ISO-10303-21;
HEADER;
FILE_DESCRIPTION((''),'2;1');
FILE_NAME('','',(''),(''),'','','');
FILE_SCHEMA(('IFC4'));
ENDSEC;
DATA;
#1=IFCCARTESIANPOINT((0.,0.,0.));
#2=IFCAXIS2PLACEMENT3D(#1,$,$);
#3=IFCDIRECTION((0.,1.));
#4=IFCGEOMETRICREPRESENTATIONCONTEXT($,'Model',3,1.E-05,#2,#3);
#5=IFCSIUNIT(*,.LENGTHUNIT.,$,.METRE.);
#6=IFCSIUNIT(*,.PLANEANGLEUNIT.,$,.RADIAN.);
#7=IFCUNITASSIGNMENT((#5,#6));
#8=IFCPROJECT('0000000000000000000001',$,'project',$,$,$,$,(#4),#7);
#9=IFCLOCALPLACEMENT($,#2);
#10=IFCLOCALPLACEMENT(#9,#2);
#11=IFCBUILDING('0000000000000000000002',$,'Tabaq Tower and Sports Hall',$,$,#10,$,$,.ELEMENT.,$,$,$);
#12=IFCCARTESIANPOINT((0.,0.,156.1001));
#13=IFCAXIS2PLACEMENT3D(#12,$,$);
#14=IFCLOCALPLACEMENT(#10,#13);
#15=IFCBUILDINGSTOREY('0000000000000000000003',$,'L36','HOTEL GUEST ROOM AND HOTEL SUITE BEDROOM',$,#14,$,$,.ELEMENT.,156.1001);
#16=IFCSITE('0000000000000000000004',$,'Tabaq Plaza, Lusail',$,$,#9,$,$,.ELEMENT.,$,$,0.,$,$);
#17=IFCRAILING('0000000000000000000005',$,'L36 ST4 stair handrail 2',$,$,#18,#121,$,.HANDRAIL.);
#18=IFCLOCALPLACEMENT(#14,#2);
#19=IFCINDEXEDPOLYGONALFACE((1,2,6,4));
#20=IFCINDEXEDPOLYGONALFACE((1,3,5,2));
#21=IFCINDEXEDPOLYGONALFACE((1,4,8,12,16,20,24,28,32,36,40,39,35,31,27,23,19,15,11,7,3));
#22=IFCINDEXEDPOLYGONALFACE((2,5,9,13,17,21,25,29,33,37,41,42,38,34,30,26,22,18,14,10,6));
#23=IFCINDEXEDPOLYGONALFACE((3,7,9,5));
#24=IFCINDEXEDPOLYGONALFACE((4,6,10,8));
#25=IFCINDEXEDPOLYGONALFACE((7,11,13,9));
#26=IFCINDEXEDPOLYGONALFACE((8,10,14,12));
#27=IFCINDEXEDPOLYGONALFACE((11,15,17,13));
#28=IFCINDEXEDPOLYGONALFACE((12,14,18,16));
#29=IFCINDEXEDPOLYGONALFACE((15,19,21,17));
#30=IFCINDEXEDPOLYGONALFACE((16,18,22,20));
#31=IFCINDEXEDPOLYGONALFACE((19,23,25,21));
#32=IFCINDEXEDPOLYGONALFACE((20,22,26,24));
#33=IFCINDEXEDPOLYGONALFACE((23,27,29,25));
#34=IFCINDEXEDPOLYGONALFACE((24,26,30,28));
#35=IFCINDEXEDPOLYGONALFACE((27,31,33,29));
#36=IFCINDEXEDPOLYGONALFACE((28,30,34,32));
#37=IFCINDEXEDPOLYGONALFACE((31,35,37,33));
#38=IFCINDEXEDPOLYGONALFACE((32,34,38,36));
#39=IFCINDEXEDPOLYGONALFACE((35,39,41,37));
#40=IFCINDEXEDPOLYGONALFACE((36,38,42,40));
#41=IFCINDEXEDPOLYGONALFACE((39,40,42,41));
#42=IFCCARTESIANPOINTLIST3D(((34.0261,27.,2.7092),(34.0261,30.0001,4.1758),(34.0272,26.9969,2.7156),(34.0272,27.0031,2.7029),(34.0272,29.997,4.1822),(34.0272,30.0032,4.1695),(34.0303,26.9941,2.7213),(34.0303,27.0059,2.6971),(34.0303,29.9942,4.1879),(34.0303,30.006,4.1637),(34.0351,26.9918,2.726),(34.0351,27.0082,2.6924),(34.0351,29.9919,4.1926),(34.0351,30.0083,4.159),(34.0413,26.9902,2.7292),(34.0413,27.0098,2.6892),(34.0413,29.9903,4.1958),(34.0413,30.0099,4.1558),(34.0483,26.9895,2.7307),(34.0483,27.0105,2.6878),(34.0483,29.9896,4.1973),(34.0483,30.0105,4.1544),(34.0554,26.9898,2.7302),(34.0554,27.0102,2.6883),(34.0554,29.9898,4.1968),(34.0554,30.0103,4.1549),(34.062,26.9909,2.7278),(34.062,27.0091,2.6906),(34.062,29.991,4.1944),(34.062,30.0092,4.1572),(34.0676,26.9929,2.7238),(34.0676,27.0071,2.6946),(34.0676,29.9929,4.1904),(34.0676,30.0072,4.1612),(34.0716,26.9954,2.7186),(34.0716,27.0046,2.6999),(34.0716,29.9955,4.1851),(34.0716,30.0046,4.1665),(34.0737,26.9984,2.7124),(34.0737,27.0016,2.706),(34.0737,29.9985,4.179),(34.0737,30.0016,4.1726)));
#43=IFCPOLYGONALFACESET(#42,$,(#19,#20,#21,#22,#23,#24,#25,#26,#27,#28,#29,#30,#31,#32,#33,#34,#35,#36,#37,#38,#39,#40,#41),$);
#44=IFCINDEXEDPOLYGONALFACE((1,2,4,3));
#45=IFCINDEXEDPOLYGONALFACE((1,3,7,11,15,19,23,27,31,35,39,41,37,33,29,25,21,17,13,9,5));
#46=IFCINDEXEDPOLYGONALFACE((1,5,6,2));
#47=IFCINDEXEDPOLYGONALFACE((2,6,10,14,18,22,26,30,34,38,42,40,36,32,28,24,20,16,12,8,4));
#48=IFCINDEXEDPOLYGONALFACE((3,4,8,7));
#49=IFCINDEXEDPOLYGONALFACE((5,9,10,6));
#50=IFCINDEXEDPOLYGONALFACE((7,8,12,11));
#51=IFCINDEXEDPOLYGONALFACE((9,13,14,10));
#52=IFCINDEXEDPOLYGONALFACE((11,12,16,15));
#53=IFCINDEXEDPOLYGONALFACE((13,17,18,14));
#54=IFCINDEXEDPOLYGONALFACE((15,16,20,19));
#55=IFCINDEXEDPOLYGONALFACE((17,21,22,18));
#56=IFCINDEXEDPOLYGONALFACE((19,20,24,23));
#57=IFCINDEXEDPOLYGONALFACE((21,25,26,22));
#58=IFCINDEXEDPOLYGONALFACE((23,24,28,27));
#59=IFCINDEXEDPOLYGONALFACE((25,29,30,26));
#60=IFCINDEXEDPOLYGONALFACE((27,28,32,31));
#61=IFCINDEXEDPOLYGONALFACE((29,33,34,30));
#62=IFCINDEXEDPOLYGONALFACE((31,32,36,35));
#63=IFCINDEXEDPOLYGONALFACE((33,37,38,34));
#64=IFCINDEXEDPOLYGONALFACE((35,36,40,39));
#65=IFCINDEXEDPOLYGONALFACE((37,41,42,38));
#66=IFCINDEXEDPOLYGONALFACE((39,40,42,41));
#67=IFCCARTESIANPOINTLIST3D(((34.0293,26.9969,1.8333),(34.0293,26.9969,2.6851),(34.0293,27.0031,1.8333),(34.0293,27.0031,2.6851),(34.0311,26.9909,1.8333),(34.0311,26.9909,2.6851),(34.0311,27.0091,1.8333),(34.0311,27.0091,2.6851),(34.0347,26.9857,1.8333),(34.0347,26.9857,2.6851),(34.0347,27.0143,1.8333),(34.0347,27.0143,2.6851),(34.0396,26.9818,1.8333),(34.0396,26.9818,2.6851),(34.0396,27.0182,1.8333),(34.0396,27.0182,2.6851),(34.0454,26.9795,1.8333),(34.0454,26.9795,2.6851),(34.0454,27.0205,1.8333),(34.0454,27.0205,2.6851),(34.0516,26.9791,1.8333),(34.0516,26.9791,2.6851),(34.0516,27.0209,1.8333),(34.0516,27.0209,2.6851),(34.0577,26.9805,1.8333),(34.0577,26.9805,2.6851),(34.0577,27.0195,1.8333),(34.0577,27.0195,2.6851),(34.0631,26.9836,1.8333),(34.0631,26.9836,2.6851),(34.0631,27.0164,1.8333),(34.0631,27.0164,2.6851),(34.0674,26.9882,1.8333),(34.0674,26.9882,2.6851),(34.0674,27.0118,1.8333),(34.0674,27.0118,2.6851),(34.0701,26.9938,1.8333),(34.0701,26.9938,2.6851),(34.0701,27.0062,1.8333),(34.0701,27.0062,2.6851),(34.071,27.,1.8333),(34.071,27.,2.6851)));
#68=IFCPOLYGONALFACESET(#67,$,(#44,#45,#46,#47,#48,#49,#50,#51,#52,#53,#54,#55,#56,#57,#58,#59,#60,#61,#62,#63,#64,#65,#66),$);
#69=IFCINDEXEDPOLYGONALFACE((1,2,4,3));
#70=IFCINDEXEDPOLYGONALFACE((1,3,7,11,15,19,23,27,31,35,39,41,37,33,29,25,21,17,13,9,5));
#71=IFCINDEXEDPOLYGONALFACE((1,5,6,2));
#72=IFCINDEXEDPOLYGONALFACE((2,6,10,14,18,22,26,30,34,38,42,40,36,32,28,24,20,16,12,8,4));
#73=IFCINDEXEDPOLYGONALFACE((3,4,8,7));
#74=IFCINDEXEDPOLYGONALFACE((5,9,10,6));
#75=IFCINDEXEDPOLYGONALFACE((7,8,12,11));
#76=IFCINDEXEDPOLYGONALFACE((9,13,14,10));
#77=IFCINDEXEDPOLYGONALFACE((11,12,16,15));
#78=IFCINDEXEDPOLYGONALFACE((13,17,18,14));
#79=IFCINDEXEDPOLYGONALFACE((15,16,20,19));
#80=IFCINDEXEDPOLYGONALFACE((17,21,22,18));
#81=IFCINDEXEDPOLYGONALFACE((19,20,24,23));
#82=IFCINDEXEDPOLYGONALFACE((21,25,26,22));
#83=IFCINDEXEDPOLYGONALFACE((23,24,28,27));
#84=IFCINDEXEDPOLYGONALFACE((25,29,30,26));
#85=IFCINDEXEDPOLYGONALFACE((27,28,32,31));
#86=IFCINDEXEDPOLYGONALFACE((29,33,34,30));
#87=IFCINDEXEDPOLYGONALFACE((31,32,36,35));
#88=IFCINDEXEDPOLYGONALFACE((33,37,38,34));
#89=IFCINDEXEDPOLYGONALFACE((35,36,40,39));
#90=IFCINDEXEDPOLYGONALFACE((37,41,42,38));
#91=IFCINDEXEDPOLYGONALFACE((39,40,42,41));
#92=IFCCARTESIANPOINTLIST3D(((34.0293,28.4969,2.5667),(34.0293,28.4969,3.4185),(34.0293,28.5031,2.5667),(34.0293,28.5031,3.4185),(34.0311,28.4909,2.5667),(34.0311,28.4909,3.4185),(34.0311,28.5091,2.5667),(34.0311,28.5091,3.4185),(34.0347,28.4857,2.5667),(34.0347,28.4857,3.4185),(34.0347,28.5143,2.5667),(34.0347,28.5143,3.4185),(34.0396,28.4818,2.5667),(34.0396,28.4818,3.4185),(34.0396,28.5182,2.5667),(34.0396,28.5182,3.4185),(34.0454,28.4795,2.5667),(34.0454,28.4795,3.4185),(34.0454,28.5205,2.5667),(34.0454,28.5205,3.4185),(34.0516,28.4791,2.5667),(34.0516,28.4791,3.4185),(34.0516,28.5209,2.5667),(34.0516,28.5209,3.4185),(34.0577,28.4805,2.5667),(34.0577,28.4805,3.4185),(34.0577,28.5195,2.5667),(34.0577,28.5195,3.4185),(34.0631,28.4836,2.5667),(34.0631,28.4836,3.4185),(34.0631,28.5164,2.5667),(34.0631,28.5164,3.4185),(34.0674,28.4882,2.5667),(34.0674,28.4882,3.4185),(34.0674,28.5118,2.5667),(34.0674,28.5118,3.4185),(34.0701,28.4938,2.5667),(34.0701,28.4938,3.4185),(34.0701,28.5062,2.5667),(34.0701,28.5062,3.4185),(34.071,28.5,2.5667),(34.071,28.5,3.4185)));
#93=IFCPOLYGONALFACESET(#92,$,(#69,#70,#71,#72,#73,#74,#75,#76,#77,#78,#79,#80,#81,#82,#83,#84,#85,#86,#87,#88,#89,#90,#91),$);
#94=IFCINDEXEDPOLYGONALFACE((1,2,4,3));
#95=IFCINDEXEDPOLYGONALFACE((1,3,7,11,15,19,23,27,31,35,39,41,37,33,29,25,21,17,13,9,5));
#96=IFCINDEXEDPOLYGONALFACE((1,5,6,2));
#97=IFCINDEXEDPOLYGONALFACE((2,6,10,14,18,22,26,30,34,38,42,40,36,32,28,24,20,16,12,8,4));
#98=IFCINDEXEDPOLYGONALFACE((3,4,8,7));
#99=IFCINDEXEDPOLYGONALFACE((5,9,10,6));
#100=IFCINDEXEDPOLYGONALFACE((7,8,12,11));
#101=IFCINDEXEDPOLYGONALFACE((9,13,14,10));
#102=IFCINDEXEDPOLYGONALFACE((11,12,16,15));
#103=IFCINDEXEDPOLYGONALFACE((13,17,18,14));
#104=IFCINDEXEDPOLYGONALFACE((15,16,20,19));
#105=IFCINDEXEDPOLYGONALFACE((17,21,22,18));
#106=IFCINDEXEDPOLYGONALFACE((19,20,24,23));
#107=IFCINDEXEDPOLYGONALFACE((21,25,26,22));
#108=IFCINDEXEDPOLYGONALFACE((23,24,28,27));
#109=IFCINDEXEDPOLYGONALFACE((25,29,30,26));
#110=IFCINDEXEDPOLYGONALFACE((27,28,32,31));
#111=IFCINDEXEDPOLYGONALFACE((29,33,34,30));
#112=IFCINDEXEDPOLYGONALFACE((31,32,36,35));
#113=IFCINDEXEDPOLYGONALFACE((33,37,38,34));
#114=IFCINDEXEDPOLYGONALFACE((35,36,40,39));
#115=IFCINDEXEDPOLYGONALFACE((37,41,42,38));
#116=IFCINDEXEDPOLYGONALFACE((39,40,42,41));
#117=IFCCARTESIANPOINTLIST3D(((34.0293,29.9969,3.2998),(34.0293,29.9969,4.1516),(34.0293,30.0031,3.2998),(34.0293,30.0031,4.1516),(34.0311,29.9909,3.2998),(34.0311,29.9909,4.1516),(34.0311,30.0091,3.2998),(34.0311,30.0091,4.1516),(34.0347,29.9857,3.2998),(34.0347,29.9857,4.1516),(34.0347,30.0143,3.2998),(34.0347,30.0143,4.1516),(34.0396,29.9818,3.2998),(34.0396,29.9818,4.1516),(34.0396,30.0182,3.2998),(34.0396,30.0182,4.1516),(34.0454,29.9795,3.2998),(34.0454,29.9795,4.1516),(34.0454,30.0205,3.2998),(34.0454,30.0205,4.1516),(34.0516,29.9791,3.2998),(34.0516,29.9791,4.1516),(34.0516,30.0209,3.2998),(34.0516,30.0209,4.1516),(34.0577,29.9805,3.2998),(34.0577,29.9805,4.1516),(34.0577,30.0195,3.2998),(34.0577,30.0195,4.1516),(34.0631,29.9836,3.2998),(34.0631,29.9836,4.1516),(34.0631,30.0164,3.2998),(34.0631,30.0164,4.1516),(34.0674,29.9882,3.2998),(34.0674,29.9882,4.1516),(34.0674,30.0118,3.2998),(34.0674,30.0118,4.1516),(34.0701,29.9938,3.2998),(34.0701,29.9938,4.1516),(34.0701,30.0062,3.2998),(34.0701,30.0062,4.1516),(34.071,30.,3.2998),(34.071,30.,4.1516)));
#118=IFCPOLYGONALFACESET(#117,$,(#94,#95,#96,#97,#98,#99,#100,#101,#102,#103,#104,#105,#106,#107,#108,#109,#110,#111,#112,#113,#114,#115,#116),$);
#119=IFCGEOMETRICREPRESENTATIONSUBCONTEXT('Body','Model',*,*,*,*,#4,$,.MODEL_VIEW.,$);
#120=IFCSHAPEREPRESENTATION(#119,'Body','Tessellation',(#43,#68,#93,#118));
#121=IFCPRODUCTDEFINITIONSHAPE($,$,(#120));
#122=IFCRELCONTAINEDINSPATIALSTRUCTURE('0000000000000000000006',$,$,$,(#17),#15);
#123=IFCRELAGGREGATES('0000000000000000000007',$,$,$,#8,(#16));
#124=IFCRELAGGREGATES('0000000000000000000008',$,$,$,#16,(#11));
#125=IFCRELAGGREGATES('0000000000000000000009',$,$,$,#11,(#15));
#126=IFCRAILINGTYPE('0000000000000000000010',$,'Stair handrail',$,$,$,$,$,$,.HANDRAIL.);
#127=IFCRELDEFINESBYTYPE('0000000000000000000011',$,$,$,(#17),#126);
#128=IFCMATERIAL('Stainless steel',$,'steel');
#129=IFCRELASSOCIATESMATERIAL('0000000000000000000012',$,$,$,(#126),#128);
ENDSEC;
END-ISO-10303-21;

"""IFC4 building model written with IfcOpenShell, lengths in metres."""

from ifc_helpers import new_model, si_unit, direction, frame, origin, origin_2d, place, context, subcontext, project, spatial, circle, extrude, material, type_object, element, save


model = new_model("IFC4")

# Units and contexts
model_context = context("Model", 3, precision=1e-05, world=origin(), true_north=direction((0.0, 1.0)))
body_context = subcontext(model_context, "Body", "Model", "MODEL_VIEW")
ifc_project = project(units=[si_unit("LENGTHUNIT", "METRE"), si_unit("PLANEANGLEUNIT", "RADIAN")], contexts=[model_context])

# Site, building, storey
site_placement = place(None, origin())
site = spatial("IfcSite", under=ifc_project, at=site_placement, Name="Tabaq Plaza, Lusail", CompositionType="ELEMENT", RefElevation=0.0)
building_placement = place(site_placement, origin())
building = spatial("IfcBuilding", under=site, at=building_placement, Name="Tabaq Tower and Sports Hall", CompositionType="ELEMENT")
storey_placement = place(building_placement, frame((0.0, 0.0, 156.1001)))
storey = spatial("IfcBuildingStorey", under=building, at=storey_placement, Name="L36", Description="HOTEL GUEST ROOM AND HOTEL SUITE BEDROOM", CompositionType="ELEMENT", Elevation=156.1001)

# Railing
ifc_material_1 = material(Name="Stainless steel", Category="steel")
railing_type_1 = type_object("IfcRailingType", Name="Stair handrail", PredefinedType="HANDRAIL", material=ifc_material_1)
railing_1_placement = place(storey_placement, frame((34.05, 27.0, 1.8333)))
element("IfcRailing", 1, at=railing_1_placement, inside=storey, type_object=railing_type_1, Name="L36 ST4 stair handrail 2", PredefinedType="HANDRAIL", context=body_context, shape_type="SweptSolid", body=[
    extrude(circle(Radius=0.0239, at=origin_2d()), frame((0.0, 0.0, 0.876), z_axis=(0.0, 0.898398, 0.439183), x_axis=(-1.0, 0.0, 0.0)), (0.0, 0.0, 1.0), 3.3394),
    extrude(circle(Radius=0.021, at=origin_2d()), origin(), (0.0, 0.0, 1.0), 0.8518),
    extrude(circle(Radius=0.021, at=origin_2d()), frame((0.0, 1.5, 0.7334)), (0.0, 0.0, 1.0), 0.8518),
    extrude(circle(Radius=0.021, at=origin_2d()), frame((0.0, 3.0, 1.4666)), (0.0, 0.0, 1.0), 0.8518),
])

save(model, "model.ifc")
